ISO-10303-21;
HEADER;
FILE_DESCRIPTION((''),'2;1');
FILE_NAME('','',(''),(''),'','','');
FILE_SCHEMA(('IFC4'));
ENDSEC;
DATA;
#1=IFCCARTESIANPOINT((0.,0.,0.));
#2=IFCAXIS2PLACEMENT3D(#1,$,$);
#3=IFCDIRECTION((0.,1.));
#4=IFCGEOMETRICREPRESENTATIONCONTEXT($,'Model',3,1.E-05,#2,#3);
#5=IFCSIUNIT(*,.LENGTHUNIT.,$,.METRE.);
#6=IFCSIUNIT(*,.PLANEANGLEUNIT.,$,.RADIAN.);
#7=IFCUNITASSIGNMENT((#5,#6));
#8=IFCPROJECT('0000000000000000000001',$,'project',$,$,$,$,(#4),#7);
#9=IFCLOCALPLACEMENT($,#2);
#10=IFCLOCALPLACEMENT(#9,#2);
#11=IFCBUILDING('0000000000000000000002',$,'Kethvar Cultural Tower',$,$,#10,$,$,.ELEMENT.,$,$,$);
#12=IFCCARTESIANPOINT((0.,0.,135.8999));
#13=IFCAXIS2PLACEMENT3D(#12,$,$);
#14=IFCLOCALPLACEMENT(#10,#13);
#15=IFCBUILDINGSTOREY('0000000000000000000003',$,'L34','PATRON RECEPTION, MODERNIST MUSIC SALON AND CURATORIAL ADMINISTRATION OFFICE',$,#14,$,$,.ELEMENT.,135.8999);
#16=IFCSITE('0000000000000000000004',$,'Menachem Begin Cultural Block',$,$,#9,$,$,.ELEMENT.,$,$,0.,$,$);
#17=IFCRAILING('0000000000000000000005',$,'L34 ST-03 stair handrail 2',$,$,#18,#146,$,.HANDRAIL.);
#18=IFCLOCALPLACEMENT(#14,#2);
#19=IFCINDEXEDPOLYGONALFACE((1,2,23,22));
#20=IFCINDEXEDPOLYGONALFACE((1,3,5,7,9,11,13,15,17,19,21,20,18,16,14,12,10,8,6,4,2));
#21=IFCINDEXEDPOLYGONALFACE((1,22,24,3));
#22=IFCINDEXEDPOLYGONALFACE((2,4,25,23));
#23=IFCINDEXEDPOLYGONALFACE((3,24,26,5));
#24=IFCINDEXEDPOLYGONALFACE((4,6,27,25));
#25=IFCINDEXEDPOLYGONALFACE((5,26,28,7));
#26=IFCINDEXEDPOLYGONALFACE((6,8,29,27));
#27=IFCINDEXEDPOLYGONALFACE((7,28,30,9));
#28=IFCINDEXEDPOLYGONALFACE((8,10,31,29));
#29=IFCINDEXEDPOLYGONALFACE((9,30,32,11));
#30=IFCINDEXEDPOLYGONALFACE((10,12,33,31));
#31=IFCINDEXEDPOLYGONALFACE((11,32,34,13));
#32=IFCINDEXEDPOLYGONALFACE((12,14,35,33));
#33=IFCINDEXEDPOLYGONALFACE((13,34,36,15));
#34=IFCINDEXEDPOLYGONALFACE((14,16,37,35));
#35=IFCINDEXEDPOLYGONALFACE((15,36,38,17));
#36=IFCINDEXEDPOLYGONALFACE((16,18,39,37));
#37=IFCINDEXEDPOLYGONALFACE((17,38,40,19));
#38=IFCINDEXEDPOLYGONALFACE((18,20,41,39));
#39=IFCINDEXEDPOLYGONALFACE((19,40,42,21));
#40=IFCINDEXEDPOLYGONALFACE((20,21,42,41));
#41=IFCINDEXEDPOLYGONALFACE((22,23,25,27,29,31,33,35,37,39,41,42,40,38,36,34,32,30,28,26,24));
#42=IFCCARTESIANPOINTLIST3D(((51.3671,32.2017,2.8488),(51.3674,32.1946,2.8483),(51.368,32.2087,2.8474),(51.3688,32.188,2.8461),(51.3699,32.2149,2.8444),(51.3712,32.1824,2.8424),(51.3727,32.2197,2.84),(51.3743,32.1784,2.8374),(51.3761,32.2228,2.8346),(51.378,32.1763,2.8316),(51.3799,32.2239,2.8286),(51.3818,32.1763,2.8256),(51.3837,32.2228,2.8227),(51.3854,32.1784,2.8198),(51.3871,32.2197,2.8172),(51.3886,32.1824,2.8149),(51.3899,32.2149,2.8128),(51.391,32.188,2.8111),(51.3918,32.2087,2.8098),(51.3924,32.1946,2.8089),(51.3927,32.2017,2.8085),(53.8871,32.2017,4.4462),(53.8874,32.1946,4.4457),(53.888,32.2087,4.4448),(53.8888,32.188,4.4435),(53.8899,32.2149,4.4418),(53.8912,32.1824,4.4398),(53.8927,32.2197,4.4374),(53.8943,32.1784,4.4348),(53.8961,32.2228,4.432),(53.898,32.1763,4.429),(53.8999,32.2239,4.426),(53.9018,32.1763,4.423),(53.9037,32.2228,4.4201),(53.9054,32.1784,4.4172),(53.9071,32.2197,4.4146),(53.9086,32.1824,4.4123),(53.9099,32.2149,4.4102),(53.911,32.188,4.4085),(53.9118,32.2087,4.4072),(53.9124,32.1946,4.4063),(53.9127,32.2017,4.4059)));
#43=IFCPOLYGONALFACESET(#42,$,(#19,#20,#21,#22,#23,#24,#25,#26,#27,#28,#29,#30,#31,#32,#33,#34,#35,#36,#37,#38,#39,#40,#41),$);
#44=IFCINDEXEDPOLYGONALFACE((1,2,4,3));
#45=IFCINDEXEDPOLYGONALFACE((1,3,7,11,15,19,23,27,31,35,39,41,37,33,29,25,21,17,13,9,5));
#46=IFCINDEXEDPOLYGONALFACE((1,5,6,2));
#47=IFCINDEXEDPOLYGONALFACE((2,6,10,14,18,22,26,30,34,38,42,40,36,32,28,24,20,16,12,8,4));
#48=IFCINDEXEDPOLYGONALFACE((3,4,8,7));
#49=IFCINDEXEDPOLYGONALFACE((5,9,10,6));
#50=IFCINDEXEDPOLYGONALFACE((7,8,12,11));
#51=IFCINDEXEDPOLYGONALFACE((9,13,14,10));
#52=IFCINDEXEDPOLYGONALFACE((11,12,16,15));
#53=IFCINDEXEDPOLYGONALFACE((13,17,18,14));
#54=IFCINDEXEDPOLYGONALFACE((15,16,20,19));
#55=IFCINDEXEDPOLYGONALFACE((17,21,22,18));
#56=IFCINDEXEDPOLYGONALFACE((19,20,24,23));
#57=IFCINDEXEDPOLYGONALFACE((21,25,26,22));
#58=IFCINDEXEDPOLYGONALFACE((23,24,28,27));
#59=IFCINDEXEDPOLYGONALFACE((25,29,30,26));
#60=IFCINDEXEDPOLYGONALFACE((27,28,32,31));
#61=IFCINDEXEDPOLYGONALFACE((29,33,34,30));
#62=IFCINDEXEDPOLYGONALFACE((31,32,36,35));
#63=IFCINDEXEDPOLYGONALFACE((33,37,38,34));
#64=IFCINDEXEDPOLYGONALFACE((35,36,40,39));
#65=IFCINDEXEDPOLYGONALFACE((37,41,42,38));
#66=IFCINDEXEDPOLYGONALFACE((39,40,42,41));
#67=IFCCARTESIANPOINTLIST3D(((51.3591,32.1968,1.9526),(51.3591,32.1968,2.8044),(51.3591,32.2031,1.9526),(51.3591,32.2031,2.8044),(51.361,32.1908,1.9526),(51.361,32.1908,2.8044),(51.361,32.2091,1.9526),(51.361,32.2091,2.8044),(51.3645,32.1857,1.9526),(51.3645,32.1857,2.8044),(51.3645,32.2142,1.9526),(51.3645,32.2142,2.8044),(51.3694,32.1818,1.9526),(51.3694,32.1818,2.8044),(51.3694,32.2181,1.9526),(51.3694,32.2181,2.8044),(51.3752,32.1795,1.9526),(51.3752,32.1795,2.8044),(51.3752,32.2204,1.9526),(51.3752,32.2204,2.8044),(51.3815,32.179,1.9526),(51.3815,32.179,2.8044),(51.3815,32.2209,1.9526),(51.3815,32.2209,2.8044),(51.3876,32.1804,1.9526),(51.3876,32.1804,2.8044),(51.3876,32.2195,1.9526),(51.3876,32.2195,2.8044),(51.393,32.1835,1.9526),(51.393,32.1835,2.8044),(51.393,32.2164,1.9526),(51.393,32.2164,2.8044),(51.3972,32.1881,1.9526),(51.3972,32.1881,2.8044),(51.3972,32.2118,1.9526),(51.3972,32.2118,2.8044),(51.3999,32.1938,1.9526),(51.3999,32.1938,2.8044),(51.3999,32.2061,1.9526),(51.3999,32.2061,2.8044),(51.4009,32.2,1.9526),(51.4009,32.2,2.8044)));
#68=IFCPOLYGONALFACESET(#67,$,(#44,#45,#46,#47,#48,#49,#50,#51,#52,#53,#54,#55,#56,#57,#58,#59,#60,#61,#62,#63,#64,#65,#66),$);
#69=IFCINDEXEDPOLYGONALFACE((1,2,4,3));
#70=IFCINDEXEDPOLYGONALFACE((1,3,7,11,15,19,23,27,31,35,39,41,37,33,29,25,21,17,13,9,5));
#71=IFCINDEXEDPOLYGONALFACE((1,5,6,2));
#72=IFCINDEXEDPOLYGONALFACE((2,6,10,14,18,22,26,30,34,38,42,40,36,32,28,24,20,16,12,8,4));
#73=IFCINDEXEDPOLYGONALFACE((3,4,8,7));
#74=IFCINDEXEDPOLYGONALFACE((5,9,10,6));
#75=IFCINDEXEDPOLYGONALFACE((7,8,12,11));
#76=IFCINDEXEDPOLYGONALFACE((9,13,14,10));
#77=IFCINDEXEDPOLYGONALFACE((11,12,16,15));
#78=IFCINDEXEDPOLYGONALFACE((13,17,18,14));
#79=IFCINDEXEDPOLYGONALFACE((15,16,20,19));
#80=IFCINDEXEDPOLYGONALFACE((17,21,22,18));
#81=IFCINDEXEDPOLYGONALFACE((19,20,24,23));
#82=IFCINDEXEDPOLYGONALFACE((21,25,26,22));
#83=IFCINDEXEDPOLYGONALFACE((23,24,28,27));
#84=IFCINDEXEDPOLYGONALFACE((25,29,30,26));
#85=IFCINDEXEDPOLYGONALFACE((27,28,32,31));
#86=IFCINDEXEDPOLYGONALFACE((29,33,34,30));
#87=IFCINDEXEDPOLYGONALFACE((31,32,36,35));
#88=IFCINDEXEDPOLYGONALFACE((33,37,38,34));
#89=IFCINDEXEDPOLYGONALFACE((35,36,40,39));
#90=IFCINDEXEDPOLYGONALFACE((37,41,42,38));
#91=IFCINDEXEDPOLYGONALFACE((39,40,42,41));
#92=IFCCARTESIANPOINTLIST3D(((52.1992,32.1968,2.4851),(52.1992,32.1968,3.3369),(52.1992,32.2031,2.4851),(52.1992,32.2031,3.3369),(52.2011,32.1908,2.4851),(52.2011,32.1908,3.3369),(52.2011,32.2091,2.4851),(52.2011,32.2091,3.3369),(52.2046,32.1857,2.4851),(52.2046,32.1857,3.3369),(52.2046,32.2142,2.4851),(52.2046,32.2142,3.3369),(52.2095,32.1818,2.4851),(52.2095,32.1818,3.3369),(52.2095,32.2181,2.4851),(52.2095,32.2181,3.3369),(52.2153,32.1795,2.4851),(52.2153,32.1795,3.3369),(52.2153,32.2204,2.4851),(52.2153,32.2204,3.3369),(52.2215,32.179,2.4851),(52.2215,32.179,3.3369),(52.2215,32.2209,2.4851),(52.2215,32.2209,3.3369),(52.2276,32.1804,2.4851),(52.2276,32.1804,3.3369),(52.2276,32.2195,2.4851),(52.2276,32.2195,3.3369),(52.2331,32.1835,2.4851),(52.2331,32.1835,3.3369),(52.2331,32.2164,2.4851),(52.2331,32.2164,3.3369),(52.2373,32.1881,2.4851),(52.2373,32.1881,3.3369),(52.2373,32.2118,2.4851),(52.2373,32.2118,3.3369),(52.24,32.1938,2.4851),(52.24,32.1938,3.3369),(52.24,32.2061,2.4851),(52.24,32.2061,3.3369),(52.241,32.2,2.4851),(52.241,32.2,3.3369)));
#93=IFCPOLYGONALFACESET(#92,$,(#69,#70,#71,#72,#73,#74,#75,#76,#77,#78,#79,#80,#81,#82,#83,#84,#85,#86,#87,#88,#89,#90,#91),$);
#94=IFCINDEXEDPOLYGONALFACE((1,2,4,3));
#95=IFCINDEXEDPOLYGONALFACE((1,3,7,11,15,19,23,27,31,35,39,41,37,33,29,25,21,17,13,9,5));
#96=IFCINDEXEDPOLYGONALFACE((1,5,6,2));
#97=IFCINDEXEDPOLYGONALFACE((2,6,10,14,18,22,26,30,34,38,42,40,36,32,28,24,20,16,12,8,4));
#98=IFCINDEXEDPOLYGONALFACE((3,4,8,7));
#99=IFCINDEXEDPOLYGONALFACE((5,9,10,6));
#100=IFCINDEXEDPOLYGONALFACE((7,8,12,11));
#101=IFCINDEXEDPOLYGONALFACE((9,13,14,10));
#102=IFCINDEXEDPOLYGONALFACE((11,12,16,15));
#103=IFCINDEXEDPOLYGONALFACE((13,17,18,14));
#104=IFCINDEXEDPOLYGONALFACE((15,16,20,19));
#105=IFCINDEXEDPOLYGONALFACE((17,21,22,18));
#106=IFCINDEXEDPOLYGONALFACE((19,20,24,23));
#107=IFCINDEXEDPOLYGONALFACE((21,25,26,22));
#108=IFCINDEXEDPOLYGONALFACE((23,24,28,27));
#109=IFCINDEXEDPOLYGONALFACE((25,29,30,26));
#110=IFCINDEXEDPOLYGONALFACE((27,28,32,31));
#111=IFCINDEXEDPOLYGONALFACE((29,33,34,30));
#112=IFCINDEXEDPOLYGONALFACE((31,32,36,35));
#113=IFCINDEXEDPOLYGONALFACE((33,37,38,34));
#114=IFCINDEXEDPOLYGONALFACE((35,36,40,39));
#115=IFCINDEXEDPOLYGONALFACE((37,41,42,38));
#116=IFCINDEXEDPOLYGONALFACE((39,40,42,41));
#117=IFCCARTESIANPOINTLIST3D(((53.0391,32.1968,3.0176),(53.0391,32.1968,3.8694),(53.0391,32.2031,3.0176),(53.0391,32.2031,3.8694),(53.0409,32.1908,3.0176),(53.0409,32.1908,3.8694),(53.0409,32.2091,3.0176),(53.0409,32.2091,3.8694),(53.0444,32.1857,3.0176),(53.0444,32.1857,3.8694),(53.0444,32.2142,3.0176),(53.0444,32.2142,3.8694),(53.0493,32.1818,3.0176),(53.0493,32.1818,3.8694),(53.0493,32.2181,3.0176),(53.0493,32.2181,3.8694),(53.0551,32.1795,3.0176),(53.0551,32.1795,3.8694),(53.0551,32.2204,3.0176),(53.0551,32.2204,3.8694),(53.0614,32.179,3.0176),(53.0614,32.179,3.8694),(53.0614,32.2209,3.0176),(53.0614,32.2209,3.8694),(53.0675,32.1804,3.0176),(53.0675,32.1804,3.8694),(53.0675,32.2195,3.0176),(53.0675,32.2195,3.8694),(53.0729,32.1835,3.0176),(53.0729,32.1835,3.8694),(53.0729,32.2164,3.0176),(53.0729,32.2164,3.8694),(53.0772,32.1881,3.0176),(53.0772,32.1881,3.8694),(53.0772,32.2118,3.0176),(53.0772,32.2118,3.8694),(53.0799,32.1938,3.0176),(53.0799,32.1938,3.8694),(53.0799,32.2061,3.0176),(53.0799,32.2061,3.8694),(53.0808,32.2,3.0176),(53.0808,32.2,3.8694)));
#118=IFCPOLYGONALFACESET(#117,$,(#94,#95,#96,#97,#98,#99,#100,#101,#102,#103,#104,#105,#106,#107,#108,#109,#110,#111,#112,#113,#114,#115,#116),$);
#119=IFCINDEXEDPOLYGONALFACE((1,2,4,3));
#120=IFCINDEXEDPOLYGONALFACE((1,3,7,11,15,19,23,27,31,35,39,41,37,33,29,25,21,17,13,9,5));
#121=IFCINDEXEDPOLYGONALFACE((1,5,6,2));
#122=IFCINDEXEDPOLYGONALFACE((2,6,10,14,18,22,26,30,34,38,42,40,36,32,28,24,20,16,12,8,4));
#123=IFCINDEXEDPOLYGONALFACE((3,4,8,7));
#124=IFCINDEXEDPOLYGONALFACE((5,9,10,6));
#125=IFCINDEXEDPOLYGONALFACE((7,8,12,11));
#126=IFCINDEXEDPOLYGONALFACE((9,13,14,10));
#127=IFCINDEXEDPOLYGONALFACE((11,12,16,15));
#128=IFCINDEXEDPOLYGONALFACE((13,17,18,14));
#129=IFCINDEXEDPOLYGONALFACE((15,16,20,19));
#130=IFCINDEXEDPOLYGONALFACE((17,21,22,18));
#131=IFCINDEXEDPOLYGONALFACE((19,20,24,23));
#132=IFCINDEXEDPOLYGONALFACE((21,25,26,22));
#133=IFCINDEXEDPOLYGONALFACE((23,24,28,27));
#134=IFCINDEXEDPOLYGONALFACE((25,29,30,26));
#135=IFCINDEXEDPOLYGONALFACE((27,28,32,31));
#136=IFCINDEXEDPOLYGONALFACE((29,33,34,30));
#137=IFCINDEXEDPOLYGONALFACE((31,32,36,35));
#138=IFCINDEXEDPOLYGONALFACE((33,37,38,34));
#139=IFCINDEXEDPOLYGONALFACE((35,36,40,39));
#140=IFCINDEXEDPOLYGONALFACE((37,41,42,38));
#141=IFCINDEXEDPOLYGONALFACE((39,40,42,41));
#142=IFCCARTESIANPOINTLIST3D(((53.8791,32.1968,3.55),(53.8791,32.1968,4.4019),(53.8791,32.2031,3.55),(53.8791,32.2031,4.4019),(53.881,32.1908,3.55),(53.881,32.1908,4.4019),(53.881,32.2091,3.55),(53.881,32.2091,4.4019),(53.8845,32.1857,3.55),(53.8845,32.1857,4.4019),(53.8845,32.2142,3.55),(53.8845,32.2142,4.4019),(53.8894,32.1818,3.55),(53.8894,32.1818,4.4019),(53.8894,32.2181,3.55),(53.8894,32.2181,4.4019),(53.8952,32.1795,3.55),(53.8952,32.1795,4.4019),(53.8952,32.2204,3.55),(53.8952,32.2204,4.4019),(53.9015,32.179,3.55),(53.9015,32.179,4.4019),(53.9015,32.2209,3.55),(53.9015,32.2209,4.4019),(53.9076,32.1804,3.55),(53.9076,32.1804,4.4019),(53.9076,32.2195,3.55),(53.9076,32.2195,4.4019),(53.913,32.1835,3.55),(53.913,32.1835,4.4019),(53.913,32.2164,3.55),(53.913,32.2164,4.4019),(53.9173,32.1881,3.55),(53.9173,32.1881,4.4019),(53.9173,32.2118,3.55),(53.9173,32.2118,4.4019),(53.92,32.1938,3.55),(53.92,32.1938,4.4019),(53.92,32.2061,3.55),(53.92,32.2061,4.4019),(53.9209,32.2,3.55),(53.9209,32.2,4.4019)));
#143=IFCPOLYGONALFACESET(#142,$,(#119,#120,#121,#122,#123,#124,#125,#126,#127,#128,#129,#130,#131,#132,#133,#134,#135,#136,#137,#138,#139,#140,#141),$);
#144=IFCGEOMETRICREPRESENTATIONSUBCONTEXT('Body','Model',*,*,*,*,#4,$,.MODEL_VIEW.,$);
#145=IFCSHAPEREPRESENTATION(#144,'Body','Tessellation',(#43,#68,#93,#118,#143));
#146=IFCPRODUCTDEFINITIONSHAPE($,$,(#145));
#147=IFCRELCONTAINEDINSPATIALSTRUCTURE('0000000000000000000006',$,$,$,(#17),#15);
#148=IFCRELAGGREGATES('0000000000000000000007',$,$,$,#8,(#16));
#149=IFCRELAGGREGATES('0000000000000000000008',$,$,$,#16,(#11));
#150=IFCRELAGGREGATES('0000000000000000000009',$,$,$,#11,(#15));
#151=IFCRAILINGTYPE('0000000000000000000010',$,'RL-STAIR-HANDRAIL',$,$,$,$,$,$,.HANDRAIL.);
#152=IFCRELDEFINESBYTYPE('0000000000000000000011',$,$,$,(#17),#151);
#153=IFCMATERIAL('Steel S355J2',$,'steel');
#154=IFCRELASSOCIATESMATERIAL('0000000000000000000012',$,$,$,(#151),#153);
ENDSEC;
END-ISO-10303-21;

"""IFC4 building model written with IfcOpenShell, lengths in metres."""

from ifc_helpers import new_model, si_unit, direction, frame, origin, origin_2d, place, context, subcontext, project, spatial, circle, extrude, material, type_object, element, save


model = new_model("IFC4")

# Units and contexts
model_context = context("Model", 3, precision=1e-05, world=origin(), true_north=direction((0.0, 1.0)))
body_context = subcontext(model_context, "Body", "Model", "MODEL_VIEW")
ifc_project = project(units=[si_unit("LENGTHUNIT", "METRE"), si_unit("PLANEANGLEUNIT", "RADIAN")], contexts=[model_context])

# Site, building, storey
site_placement = place(None, origin())
site = spatial("IfcSite", under=ifc_project, at=site_placement, Name="Menachem Begin Cultural Block", CompositionType="ELEMENT", RefElevation=0.0)
building_placement = place(site_placement, origin())
building = spatial("IfcBuilding", under=site, at=building_placement, Name="Kethvar Cultural Tower", CompositionType="ELEMENT")
storey_placement = place(building_placement, frame((0.0, 0.0, 135.8999)))
storey = spatial("IfcBuildingStorey", under=building, at=storey_placement, Name="L34", Description="PATRON RECEPTION, MODERNIST MUSIC SALON AND CURATORIAL ADMINISTRATION OFFICE", CompositionType="ELEMENT", Elevation=135.8999)

# Shared definitions
ifc_material_1 = material(Name="Steel S355J2", Category="steel")

# Railing
railing_type_1 = type_object("IfcRailingType", Name="RL-STAIR-HANDRAIL", PredefinedType="HANDRAIL", material=ifc_material_1)
railing_1_placement = place(storey_placement, frame((51.3799, 32.2, 1.9526)))
element("IfcRailing", 1, at=railing_1_placement, inside=storey, type_object=railing_type_1, Name="L34 ST-03 stair handrail 2", PredefinedType="HANDRAIL", context=body_context, shape_type="SweptSolid", body=[
    extrude(circle(Radius=0.0239, at=origin_2d()), frame((0.0, 0.0, 0.876), z_axis=(0.844607, 0.0, 0.535387), x_axis=(0.0, 1.0, 0.0)), (0.0, 0.0, 1.0), 2.9836),
    extrude(circle(Radius=0.021, at=origin_2d()), origin(), (0.0, 0.0, 1.0), 0.8518),
    extrude(circle(Radius=0.021, at=origin_2d()), frame((0.8401, 0.0, 0.5325)), (0.0, 0.0, 1.0), 0.8518),
    extrude(circle(Radius=0.021, at=origin_2d()), frame((1.6799, 0.0, 1.0649)), (0.0, 0.0, 1.0), 0.8518),
    extrude(circle(Radius=0.021, at=origin_2d()), frame((2.52, 0.0, 1.5974)), (0.0, 0.0, 1.0), 0.8518),
])

save(model, "model.ifc")
